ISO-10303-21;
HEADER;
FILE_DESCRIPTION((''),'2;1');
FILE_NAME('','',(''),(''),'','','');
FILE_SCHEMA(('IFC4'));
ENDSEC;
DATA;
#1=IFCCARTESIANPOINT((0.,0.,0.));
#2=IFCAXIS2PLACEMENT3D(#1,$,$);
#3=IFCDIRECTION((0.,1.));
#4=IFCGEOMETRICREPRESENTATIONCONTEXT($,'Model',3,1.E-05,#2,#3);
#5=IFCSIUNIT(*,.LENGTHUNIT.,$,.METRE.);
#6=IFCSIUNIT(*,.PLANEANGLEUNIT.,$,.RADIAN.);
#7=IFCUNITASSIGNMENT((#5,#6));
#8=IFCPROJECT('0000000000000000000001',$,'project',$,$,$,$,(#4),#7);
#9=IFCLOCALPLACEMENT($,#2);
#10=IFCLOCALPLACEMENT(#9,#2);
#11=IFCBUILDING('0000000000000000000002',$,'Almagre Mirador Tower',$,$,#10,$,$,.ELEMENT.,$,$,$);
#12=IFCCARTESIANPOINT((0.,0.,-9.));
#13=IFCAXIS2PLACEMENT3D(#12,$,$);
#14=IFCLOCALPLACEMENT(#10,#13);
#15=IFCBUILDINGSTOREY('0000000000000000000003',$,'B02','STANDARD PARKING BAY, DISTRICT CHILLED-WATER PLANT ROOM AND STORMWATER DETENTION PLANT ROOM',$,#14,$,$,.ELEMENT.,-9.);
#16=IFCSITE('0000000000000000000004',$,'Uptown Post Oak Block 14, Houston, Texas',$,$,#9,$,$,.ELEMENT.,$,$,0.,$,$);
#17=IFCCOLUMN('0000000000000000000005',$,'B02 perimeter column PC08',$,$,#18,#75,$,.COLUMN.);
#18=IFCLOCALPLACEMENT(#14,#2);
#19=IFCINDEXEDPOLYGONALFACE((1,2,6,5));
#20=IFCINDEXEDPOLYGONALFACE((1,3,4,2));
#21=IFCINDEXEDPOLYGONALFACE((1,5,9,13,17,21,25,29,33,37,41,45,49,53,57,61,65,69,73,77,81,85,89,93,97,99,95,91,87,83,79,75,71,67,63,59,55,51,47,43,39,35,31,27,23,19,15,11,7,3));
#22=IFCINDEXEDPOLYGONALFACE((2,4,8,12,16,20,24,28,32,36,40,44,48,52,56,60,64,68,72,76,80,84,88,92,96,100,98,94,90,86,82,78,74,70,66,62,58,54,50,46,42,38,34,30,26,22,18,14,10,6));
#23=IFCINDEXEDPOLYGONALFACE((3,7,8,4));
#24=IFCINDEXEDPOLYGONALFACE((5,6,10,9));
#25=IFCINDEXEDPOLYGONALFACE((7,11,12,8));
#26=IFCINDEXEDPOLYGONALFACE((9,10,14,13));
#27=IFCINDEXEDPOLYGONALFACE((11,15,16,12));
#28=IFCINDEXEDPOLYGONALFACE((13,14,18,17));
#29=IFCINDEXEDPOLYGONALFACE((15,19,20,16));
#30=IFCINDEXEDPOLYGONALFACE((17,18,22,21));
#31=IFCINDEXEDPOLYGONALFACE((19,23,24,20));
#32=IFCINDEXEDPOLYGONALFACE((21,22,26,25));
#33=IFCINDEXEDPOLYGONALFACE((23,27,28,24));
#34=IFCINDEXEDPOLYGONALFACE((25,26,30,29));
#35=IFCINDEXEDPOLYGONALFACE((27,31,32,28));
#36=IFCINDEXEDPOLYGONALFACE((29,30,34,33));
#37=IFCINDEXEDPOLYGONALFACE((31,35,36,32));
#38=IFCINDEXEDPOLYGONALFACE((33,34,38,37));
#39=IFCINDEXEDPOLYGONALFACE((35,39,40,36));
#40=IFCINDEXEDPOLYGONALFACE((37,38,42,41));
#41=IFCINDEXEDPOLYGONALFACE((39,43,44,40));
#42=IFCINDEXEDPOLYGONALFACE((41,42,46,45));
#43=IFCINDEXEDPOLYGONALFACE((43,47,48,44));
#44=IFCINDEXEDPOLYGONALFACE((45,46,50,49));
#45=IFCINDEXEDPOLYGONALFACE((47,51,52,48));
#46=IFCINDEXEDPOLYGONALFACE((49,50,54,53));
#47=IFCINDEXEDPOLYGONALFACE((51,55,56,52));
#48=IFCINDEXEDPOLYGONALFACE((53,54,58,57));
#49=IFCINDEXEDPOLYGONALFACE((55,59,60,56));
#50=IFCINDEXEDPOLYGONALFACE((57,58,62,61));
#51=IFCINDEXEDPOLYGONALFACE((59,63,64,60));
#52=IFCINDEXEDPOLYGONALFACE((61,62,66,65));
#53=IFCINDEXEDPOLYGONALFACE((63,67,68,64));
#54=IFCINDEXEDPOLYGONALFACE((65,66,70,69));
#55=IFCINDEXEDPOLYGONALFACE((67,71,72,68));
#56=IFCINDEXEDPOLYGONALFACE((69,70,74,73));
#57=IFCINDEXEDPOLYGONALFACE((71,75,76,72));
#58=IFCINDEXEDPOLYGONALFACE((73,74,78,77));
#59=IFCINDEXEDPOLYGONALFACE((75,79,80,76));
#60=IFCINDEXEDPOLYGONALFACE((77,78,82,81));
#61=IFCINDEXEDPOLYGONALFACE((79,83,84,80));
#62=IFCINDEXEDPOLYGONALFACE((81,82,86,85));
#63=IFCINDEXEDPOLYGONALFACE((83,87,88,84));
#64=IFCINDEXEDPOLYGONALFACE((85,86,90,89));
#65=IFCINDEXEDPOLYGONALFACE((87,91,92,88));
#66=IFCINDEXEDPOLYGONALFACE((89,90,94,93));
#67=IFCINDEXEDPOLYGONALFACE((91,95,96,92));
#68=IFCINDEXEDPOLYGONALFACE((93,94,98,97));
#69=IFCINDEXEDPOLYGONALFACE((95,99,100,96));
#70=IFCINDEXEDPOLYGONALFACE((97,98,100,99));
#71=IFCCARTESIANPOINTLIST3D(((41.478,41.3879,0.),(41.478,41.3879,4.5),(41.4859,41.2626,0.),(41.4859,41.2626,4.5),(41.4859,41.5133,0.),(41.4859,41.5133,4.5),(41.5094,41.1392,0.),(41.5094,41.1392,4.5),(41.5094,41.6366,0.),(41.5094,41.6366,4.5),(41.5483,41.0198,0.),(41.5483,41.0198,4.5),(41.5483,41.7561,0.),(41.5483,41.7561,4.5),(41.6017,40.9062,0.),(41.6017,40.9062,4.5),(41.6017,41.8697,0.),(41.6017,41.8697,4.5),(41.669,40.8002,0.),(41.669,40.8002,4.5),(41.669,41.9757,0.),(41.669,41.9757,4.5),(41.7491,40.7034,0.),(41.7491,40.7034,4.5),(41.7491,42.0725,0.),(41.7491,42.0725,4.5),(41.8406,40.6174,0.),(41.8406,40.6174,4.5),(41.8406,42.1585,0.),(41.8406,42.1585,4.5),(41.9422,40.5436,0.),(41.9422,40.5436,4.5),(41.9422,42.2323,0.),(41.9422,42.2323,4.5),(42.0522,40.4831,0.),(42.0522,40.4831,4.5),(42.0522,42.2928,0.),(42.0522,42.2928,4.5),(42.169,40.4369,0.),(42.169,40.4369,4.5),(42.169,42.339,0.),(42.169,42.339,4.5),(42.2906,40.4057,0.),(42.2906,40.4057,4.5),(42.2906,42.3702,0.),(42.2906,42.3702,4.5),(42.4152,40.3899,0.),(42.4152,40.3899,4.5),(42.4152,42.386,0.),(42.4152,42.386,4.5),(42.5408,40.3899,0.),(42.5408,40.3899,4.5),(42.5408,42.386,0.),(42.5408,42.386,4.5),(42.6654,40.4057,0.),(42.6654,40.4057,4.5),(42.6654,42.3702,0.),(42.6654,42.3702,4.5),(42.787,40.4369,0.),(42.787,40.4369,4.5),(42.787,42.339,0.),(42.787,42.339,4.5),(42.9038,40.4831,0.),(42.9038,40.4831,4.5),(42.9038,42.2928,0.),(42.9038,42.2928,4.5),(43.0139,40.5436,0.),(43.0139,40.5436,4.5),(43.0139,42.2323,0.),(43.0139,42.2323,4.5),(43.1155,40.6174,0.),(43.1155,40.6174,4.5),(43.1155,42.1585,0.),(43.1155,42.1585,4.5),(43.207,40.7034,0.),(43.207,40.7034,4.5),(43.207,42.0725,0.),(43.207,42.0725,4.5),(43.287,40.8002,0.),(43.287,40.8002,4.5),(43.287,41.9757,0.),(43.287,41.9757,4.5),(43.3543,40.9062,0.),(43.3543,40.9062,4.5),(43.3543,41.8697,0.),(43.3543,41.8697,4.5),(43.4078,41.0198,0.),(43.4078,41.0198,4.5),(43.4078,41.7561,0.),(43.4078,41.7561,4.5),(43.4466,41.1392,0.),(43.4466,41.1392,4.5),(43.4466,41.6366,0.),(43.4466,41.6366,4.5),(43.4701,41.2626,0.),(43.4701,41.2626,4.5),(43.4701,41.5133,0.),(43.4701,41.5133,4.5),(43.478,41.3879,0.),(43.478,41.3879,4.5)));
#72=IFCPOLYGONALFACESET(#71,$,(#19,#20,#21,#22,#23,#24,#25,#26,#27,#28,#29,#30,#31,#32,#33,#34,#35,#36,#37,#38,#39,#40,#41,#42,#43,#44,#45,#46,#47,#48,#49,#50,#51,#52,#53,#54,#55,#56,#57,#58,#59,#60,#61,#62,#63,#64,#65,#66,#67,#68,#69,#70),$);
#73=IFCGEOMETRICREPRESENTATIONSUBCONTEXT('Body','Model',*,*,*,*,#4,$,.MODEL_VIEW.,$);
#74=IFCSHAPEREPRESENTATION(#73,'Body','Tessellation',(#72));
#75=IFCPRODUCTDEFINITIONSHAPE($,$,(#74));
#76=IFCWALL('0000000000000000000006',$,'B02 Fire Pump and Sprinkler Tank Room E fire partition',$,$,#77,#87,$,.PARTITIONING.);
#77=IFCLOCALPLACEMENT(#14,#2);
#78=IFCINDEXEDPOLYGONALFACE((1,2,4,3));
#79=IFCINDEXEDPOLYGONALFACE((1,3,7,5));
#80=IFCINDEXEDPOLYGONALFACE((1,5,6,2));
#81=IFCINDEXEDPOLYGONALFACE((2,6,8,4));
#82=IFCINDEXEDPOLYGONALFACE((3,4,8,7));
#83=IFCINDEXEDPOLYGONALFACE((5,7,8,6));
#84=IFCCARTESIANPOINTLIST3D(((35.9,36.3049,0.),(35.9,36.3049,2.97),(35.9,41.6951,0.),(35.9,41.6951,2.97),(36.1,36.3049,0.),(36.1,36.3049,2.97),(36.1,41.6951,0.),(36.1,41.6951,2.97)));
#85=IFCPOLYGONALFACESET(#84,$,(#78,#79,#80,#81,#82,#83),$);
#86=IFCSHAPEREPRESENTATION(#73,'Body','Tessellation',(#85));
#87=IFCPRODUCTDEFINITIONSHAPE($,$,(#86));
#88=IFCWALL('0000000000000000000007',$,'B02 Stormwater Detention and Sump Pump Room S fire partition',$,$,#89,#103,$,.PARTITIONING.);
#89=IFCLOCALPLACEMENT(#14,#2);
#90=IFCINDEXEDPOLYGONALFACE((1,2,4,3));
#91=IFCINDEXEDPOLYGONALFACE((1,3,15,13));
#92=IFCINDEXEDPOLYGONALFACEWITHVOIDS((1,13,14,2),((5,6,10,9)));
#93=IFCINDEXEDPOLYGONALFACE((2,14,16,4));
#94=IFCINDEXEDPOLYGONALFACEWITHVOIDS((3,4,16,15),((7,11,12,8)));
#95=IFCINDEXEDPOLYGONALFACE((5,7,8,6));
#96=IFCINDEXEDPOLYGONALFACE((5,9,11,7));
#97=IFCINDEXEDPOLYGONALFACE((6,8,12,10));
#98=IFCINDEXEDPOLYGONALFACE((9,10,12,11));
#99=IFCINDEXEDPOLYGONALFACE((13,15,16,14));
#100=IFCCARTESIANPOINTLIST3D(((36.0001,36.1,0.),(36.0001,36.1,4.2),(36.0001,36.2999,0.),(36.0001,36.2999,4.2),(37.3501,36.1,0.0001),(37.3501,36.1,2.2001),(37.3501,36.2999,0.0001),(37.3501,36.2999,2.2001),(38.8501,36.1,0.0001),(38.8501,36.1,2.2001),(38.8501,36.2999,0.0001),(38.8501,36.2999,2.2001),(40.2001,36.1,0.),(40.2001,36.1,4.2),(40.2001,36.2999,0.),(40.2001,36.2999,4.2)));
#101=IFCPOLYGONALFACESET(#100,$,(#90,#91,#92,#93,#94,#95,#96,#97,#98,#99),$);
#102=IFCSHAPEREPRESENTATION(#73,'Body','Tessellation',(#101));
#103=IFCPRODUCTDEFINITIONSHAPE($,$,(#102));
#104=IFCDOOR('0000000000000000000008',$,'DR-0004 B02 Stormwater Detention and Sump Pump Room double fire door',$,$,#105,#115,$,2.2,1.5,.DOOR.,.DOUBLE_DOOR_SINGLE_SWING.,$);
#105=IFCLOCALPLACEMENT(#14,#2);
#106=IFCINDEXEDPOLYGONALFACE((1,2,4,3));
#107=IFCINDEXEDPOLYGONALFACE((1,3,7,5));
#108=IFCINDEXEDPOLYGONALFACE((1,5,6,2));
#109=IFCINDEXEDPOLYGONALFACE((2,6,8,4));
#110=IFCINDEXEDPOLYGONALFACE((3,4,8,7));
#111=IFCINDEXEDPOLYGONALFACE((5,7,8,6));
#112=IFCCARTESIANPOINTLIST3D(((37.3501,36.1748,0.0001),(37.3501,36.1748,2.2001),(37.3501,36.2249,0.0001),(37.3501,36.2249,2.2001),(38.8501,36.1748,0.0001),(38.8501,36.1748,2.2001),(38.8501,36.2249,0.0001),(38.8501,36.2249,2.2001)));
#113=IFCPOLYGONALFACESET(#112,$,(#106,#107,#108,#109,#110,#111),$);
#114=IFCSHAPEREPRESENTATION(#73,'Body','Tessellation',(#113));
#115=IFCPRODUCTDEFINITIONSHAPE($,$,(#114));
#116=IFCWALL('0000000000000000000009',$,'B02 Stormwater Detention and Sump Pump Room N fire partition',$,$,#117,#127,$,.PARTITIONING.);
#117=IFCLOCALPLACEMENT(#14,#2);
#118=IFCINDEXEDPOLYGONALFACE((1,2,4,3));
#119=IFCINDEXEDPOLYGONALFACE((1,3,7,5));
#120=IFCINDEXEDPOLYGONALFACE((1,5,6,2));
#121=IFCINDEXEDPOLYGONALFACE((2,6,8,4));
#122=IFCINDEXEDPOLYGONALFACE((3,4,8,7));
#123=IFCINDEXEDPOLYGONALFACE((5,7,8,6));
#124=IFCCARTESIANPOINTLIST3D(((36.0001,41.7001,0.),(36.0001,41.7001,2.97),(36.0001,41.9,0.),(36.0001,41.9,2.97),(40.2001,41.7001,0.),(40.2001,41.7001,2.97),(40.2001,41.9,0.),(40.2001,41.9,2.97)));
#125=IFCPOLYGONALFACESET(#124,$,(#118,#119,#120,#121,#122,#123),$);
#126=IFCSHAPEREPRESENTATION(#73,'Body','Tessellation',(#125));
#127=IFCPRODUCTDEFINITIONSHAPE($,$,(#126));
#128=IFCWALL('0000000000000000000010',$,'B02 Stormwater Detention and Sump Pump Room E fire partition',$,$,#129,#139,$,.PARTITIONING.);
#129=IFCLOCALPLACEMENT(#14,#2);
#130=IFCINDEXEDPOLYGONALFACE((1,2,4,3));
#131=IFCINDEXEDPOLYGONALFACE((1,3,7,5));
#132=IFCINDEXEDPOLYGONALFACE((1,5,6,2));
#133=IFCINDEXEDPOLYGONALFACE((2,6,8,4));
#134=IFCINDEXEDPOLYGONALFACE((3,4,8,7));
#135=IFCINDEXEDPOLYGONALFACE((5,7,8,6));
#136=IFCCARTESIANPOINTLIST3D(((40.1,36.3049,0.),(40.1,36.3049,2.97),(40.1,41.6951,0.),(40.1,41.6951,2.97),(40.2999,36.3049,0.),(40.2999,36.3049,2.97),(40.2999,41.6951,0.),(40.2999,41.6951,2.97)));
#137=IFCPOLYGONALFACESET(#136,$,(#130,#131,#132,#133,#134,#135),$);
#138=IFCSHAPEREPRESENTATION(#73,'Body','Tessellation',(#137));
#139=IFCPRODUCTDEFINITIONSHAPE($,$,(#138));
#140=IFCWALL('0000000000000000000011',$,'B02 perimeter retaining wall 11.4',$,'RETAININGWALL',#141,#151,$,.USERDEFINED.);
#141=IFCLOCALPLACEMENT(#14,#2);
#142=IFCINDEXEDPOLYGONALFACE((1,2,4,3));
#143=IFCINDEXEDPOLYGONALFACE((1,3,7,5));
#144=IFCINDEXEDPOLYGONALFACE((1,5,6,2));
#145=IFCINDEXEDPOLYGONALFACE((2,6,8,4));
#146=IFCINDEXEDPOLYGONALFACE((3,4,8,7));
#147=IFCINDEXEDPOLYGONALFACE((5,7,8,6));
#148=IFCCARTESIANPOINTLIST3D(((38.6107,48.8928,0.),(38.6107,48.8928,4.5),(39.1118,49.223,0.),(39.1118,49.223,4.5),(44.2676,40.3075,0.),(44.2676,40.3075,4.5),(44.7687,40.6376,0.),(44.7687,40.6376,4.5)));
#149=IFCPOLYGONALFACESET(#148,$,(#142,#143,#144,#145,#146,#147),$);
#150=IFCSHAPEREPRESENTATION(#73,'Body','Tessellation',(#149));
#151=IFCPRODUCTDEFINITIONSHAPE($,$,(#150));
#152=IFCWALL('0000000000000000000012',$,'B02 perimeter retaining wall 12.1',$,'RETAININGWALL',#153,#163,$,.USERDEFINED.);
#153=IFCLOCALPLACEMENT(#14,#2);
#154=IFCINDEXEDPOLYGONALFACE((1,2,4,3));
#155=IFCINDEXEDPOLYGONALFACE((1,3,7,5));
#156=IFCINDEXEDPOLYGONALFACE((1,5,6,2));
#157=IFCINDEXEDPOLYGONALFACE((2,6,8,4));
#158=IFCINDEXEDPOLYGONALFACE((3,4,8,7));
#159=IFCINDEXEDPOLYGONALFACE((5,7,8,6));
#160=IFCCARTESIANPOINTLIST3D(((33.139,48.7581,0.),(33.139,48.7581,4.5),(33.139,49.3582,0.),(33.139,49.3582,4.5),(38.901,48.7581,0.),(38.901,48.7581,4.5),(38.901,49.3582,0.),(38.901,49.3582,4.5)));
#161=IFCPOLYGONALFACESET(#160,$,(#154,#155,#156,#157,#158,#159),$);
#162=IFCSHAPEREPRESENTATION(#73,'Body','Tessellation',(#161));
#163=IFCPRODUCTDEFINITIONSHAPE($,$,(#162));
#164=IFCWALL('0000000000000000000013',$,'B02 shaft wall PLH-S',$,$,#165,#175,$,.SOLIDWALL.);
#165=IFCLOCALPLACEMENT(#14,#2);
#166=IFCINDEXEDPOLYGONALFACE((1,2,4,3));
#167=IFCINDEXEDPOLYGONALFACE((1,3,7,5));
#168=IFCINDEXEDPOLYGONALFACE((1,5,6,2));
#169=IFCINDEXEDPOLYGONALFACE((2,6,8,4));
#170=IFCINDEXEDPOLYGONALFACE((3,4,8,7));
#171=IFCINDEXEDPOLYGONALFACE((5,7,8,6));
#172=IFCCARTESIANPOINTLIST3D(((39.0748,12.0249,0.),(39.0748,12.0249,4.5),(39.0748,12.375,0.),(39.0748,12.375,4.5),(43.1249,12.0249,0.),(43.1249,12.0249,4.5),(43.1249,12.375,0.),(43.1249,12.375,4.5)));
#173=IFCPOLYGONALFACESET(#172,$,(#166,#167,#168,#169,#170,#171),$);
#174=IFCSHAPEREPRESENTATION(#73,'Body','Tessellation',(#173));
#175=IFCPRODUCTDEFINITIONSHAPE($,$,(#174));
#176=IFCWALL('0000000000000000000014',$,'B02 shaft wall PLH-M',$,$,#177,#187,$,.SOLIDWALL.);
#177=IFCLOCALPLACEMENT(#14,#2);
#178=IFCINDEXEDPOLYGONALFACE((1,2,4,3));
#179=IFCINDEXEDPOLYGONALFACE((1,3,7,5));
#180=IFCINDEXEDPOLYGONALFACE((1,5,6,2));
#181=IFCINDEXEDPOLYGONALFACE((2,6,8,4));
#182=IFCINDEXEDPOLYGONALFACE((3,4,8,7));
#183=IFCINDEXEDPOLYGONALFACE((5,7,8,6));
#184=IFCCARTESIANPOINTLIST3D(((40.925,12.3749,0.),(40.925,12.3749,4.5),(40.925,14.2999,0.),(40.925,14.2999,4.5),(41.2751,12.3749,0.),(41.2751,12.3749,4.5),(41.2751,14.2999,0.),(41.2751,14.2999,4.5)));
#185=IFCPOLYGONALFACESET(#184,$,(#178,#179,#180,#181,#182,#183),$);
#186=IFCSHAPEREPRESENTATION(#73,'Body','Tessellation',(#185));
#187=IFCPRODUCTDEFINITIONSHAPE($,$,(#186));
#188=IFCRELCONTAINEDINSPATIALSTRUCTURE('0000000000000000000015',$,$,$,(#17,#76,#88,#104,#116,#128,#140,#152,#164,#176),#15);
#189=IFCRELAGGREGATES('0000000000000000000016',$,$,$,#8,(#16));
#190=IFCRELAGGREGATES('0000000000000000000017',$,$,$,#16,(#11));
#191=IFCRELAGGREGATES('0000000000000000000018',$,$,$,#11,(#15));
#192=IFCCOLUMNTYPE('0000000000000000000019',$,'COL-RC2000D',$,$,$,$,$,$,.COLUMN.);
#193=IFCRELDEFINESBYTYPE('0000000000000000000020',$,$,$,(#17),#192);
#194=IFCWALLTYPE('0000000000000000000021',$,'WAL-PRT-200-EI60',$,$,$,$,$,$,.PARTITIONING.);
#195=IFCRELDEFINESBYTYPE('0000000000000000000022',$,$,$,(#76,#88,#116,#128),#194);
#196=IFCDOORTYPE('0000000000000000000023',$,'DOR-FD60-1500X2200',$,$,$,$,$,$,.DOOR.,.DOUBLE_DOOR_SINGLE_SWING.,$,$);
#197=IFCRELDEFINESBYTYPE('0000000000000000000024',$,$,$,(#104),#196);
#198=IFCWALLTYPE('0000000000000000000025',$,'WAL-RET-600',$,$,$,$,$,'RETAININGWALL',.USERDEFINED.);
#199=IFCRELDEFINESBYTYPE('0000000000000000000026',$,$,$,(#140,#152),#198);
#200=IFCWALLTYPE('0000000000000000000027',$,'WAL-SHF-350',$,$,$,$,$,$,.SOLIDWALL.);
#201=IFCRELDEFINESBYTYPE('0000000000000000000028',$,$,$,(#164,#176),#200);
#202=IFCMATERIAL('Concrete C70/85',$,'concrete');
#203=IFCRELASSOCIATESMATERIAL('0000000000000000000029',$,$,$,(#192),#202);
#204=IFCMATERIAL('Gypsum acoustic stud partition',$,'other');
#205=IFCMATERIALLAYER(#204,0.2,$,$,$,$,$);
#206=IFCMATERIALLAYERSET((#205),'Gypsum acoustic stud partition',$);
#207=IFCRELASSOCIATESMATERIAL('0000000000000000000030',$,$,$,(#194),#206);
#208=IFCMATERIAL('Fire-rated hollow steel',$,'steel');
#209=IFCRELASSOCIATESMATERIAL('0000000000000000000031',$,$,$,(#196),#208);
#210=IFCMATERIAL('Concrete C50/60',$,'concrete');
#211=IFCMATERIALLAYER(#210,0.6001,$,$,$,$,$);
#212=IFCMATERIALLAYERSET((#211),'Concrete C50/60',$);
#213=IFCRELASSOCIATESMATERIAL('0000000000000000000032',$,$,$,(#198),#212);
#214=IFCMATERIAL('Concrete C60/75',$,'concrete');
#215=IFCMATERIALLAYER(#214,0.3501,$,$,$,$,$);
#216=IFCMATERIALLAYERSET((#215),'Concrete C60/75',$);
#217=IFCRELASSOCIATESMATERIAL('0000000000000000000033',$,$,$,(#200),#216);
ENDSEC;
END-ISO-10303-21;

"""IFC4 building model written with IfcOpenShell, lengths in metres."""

from ifc_helpers import new_model, si_unit, direction, frame, frame_2d, origin, origin_2d, place, context, subcontext, project, spatial, rectangle, circle, extrude, material, layer, layer_set, material_profile, profile_set, type_object, element, fill, save


model = new_model("IFC4")

# Units and contexts
model_context = context("Model", 3, precision=1e-05, world=origin(), true_north=direction((0.0, 1.0)))
body_context = subcontext(model_context, "Body", "Model", "MODEL_VIEW")
ifc_project = project(units=[si_unit("LENGTHUNIT", "METRE"), si_unit("PLANEANGLEUNIT", "RADIAN")], contexts=[model_context])

# Site, building, storey
site_placement = place(None, origin())
site = spatial("IfcSite", under=ifc_project, at=site_placement, Name="Uptown Post Oak Block 14, Houston, Texas", CompositionType="ELEMENT", RefElevation=0.0)
building_placement = place(site_placement, origin())
building = spatial("IfcBuilding", under=site, at=building_placement, Name="Almagre Mirador Tower", CompositionType="ELEMENT")
storey_placement = place(building_placement, frame((0.0, 0.0, -9.0)))
storey = spatial("IfcBuildingStorey", under=building, at=storey_placement, Name="B02", Description="STANDARD PARKING BAY, DISTRICT CHILLED-WATER PLANT ROOM AND STORMWATER DETENTION PLANT ROOM", CompositionType="ELEMENT", Elevation=-9.0)

# Column
ifc_material_1 = material(Name="Concrete C70/85", Category="concrete")
ifc_material_profile_1 = material_profile(ifc_material_1, circle(Radius=1.0, at=origin_2d()), Name="RC2000D")
ifc_profile_set_1 = profile_set([ifc_material_profile_1], Name="Concrete C70/85")
column_type_1 = type_object("IfcColumnType", Name="COL-RC2000D", PredefinedType="COLUMN", material=ifc_profile_set_1)
column_placement = place(storey_placement, frame((42.478, 41.3879, 0.0), z_axis=(0.0, 0.0, 1.0), x_axis=(1.0, 0.0, 0.0)))
element("IfcColumn", 1, at=column_placement, inside=storey, type_object=column_type_1, Name="B02 perimeter column PC08", PredefinedType="COLUMN", context=body_context, shape_type="SweptSolid", body=[
    extrude(circle(Radius=1.0, at=origin_2d()), origin(), (0.0, 0.0, 1.0), 4.5),
])

# Wall
ifc_material_2 = material(Name="Gypsum acoustic stud partition", Category="other")
ifc_layer_1 = layer(ifc_material_2, 0.2)
ifc_layer_set_1 = layer_set([ifc_layer_1], Name="Gypsum acoustic stud partition")
wall_type_1 = type_object("IfcWallType", Name="WAL-PRT-200-EI60", PredefinedType="PARTITIONING", material=ifc_layer_set_1)
wall_1_placement = place(storey_placement, frame((36.0, 36.3049, 0.0), z_axis=(0.0, 0.0, 1.0), x_axis=(0.0, 1.0, 0.0)))
element("IfcWall", 2, at=wall_1_placement, inside=storey, type_object=wall_type_1, Name="B02 Fire Pump and Sprinkler Tank Room E fire partition", PredefinedType="PARTITIONING", context=body_context, shape_type="SweptSolid", body=[
    extrude(rectangle(XDim=5.3901, YDim=0.2, at=frame_2d((2.6951, 0.0))), origin(), (0.0, 0.0, 1.0), 2.97),
])

# Wall, opening, door
wall_2_placement = place(storey_placement, frame((36.0, 36.2, 0.0), z_axis=(0.0, 0.0, 1.0), x_axis=(1.0, 0.0, 0.0)))
wall_2 = element("IfcWall", 3, at=wall_2_placement, inside=storey, type_object=wall_type_1, Name="B02 Stormwater Detention and Sump Pump Room S fire partition", PredefinedType="PARTITIONING", context=body_context, shape_type="SweptSolid", body=[
    extrude(rectangle(XDim=4.2, YDim=0.2, at=frame_2d((2.1001, 0.0))), origin(), (0.0, 0.0, 1.0), 4.2),
])
opening_1_placement = place(wall_2_placement, frame((1.3501, 0.0, 0.0)))
opening_1 = element("IfcOpeningElement", 4, at=opening_1_placement, cuts=wall_2, PredefinedType="OPENING", context=body_context, shape_type="SweptSolid", body=[
    extrude(rectangle(XDim=1.5, YDim=2.2, at=frame_2d((0.75, 1.1001))), frame((0.0, 0.1101, 0.0), z_axis=(0.0, -1.0, 0.0), x_axis=(1.0, 0.0, 0.0)), (0.0, 0.0, 1.0), 0.22),
])
ifc_material_3 = material(Name="Fire-rated hollow steel", Category="steel")
door_type_1 = type_object("IfcDoorType", Name="DOR-FD60-1500X2200", OperationType="DOUBLE_DOOR_SINGLE_SWING", PredefinedType="DOOR", material=ifc_material_3)
door_1_placement = place(opening_1_placement, origin())
door_1 = element("IfcDoor", 5, at=door_1_placement, inside=storey, type_object=door_type_1, Name="DR-0004 B02 Stormwater Detention and Sump Pump Room double fire door", OperationType="DOUBLE_DOOR_SINGLE_SWING", OverallHeight=2.2, OverallWidth=1.5, PredefinedType="DOOR", context=body_context, shape_type="SweptSolid", body=[
    extrude(rectangle(XDim=1.5, YDim=2.2, at=frame_2d((0.75, 1.1001))), frame((0.0, 0.0249, 0.0), z_axis=(0.0, -1.0, 0.0), x_axis=(1.0, 0.0, 0.0)), (0.0, 0.0, 1.0), 0.05),
])
fill(opening_1, door_1)

# Walls
wall_3_placement = place(storey_placement, frame((36.0, 41.8, 0.0), z_axis=(0.0, 0.0, 1.0), x_axis=(1.0, 0.0, 0.0)))
element("IfcWall", 6, at=wall_3_placement, inside=storey, type_object=wall_type_1, Name="B02 Stormwater Detention and Sump Pump Room N fire partition", PredefinedType="PARTITIONING", context=body_context, shape_type="SweptSolid", body=[
    extrude(rectangle(XDim=4.2, YDim=0.2, at=frame_2d((2.1001, 0.0))), origin(), (0.0, 0.0, 1.0), 2.97),
])
wall_4_placement = place(storey_placement, frame((40.2, 36.3049, 0.0), z_axis=(0.0, 0.0, 1.0), x_axis=(0.0, 1.0, 0.0)))
element("IfcWall", 7, at=wall_4_placement, inside=storey, type_object=wall_type_1, Name="B02 Stormwater Detention and Sump Pump Room E fire partition", PredefinedType="PARTITIONING", context=body_context, shape_type="SweptSolid", body=[
    extrude(rectangle(XDim=5.3901, YDim=0.2, at=frame_2d((2.6951, 0.0))), origin(), (0.0, 0.0, 1.0), 2.97),
])
ifc_material_4 = material(Name="Concrete C50/60", Category="concrete")
ifc_layer_2 = layer(ifc_material_4, 0.6001)
ifc_layer_set_2 = layer_set([ifc_layer_2], Name="Concrete C50/60")
wall_type_2 = type_object("IfcWallType", Name="WAL-RET-600", ElementType="RETAININGWALL", PredefinedType="USERDEFINED", material=ifc_layer_set_2)
wall_5_placement = place(storey_placement, frame((44.5181, 40.4727, 0.0), z_axis=(0.0, 0.0, 1.0), x_axis=(-0.550204, 0.83503, 0.0)))
element("IfcWall", 8, at=wall_5_placement, inside=storey, type_object=wall_type_2, Name="B02 perimeter retaining wall 11.4", ObjectType="RETAININGWALL", PredefinedType="USERDEFINED", context=body_context, shape_type="SweptSolid", body=[
    extrude(rectangle(XDim=10.2815, YDim=0.6001, at=frame_2d((5.1406, 0.0))), origin(), (0.0, 0.0, 1.0), 4.5),
])
wall_6_placement = place(storey_placement, frame((38.9009, 49.0581, 0.0), z_axis=(0.0, 0.0, 1.0), x_axis=(-1.0, 0.0, 0.0)))
element("IfcWall", 9, at=wall_6_placement, inside=storey, type_object=wall_type_2, Name="B02 perimeter retaining wall 12.1", ObjectType="RETAININGWALL", PredefinedType="USERDEFINED", context=body_context, shape_type="SweptSolid", body=[
    extrude(rectangle(XDim=5.762, YDim=0.6001, at=frame_2d((2.8809, 0.0))), origin(), (0.0, 0.0, 1.0), 4.5),
])
ifc_material_5 = material(Name="Concrete C60/75", Category="concrete")
ifc_layer_3 = layer(ifc_material_5, 0.3501)
ifc_layer_set_3 = layer_set([ifc_layer_3], Name="Concrete C60/75")
wall_type_3 = type_object("IfcWallType", Name="WAL-SHF-350", PredefinedType="SOLIDWALL", material=ifc_layer_set_3)
wall_7_placement = place(storey_placement, frame((39.075, 12.2, 0.0), z_axis=(0.0, 0.0, 1.0), x_axis=(1.0, 0.0, 0.0)))
element("IfcWall", 10, at=wall_7_placement, inside=storey, type_object=wall_type_3, Name="B02 shaft wall PLH-S", PredefinedType="SOLIDWALL", context=body_context, shape_type="SweptSolid", body=[
    extrude(rectangle(XDim=4.05, YDim=0.3501, at=frame_2d((2.0249, 0.0))), origin(), (0.0, 0.0, 1.0), 4.5),
])
wall_8_placement = place(storey_placement, frame((41.1001, 12.375, 0.0), z_axis=(0.0, 0.0, 1.0), x_axis=(0.0, 1.0, 0.0)))
element("IfcWall", 11, at=wall_8_placement, inside=storey, type_object=wall_type_3, Name="B02 shaft wall PLH-M", PredefinedType="SOLIDWALL", context=body_context, shape_type="SweptSolid", body=[
    extrude(rectangle(XDim=1.925, YDim=0.3501, at=frame_2d((0.9624, 0.0))), origin(), (0.0, 0.0, 1.0), 4.5),
])

save(model, "model.ifc")
